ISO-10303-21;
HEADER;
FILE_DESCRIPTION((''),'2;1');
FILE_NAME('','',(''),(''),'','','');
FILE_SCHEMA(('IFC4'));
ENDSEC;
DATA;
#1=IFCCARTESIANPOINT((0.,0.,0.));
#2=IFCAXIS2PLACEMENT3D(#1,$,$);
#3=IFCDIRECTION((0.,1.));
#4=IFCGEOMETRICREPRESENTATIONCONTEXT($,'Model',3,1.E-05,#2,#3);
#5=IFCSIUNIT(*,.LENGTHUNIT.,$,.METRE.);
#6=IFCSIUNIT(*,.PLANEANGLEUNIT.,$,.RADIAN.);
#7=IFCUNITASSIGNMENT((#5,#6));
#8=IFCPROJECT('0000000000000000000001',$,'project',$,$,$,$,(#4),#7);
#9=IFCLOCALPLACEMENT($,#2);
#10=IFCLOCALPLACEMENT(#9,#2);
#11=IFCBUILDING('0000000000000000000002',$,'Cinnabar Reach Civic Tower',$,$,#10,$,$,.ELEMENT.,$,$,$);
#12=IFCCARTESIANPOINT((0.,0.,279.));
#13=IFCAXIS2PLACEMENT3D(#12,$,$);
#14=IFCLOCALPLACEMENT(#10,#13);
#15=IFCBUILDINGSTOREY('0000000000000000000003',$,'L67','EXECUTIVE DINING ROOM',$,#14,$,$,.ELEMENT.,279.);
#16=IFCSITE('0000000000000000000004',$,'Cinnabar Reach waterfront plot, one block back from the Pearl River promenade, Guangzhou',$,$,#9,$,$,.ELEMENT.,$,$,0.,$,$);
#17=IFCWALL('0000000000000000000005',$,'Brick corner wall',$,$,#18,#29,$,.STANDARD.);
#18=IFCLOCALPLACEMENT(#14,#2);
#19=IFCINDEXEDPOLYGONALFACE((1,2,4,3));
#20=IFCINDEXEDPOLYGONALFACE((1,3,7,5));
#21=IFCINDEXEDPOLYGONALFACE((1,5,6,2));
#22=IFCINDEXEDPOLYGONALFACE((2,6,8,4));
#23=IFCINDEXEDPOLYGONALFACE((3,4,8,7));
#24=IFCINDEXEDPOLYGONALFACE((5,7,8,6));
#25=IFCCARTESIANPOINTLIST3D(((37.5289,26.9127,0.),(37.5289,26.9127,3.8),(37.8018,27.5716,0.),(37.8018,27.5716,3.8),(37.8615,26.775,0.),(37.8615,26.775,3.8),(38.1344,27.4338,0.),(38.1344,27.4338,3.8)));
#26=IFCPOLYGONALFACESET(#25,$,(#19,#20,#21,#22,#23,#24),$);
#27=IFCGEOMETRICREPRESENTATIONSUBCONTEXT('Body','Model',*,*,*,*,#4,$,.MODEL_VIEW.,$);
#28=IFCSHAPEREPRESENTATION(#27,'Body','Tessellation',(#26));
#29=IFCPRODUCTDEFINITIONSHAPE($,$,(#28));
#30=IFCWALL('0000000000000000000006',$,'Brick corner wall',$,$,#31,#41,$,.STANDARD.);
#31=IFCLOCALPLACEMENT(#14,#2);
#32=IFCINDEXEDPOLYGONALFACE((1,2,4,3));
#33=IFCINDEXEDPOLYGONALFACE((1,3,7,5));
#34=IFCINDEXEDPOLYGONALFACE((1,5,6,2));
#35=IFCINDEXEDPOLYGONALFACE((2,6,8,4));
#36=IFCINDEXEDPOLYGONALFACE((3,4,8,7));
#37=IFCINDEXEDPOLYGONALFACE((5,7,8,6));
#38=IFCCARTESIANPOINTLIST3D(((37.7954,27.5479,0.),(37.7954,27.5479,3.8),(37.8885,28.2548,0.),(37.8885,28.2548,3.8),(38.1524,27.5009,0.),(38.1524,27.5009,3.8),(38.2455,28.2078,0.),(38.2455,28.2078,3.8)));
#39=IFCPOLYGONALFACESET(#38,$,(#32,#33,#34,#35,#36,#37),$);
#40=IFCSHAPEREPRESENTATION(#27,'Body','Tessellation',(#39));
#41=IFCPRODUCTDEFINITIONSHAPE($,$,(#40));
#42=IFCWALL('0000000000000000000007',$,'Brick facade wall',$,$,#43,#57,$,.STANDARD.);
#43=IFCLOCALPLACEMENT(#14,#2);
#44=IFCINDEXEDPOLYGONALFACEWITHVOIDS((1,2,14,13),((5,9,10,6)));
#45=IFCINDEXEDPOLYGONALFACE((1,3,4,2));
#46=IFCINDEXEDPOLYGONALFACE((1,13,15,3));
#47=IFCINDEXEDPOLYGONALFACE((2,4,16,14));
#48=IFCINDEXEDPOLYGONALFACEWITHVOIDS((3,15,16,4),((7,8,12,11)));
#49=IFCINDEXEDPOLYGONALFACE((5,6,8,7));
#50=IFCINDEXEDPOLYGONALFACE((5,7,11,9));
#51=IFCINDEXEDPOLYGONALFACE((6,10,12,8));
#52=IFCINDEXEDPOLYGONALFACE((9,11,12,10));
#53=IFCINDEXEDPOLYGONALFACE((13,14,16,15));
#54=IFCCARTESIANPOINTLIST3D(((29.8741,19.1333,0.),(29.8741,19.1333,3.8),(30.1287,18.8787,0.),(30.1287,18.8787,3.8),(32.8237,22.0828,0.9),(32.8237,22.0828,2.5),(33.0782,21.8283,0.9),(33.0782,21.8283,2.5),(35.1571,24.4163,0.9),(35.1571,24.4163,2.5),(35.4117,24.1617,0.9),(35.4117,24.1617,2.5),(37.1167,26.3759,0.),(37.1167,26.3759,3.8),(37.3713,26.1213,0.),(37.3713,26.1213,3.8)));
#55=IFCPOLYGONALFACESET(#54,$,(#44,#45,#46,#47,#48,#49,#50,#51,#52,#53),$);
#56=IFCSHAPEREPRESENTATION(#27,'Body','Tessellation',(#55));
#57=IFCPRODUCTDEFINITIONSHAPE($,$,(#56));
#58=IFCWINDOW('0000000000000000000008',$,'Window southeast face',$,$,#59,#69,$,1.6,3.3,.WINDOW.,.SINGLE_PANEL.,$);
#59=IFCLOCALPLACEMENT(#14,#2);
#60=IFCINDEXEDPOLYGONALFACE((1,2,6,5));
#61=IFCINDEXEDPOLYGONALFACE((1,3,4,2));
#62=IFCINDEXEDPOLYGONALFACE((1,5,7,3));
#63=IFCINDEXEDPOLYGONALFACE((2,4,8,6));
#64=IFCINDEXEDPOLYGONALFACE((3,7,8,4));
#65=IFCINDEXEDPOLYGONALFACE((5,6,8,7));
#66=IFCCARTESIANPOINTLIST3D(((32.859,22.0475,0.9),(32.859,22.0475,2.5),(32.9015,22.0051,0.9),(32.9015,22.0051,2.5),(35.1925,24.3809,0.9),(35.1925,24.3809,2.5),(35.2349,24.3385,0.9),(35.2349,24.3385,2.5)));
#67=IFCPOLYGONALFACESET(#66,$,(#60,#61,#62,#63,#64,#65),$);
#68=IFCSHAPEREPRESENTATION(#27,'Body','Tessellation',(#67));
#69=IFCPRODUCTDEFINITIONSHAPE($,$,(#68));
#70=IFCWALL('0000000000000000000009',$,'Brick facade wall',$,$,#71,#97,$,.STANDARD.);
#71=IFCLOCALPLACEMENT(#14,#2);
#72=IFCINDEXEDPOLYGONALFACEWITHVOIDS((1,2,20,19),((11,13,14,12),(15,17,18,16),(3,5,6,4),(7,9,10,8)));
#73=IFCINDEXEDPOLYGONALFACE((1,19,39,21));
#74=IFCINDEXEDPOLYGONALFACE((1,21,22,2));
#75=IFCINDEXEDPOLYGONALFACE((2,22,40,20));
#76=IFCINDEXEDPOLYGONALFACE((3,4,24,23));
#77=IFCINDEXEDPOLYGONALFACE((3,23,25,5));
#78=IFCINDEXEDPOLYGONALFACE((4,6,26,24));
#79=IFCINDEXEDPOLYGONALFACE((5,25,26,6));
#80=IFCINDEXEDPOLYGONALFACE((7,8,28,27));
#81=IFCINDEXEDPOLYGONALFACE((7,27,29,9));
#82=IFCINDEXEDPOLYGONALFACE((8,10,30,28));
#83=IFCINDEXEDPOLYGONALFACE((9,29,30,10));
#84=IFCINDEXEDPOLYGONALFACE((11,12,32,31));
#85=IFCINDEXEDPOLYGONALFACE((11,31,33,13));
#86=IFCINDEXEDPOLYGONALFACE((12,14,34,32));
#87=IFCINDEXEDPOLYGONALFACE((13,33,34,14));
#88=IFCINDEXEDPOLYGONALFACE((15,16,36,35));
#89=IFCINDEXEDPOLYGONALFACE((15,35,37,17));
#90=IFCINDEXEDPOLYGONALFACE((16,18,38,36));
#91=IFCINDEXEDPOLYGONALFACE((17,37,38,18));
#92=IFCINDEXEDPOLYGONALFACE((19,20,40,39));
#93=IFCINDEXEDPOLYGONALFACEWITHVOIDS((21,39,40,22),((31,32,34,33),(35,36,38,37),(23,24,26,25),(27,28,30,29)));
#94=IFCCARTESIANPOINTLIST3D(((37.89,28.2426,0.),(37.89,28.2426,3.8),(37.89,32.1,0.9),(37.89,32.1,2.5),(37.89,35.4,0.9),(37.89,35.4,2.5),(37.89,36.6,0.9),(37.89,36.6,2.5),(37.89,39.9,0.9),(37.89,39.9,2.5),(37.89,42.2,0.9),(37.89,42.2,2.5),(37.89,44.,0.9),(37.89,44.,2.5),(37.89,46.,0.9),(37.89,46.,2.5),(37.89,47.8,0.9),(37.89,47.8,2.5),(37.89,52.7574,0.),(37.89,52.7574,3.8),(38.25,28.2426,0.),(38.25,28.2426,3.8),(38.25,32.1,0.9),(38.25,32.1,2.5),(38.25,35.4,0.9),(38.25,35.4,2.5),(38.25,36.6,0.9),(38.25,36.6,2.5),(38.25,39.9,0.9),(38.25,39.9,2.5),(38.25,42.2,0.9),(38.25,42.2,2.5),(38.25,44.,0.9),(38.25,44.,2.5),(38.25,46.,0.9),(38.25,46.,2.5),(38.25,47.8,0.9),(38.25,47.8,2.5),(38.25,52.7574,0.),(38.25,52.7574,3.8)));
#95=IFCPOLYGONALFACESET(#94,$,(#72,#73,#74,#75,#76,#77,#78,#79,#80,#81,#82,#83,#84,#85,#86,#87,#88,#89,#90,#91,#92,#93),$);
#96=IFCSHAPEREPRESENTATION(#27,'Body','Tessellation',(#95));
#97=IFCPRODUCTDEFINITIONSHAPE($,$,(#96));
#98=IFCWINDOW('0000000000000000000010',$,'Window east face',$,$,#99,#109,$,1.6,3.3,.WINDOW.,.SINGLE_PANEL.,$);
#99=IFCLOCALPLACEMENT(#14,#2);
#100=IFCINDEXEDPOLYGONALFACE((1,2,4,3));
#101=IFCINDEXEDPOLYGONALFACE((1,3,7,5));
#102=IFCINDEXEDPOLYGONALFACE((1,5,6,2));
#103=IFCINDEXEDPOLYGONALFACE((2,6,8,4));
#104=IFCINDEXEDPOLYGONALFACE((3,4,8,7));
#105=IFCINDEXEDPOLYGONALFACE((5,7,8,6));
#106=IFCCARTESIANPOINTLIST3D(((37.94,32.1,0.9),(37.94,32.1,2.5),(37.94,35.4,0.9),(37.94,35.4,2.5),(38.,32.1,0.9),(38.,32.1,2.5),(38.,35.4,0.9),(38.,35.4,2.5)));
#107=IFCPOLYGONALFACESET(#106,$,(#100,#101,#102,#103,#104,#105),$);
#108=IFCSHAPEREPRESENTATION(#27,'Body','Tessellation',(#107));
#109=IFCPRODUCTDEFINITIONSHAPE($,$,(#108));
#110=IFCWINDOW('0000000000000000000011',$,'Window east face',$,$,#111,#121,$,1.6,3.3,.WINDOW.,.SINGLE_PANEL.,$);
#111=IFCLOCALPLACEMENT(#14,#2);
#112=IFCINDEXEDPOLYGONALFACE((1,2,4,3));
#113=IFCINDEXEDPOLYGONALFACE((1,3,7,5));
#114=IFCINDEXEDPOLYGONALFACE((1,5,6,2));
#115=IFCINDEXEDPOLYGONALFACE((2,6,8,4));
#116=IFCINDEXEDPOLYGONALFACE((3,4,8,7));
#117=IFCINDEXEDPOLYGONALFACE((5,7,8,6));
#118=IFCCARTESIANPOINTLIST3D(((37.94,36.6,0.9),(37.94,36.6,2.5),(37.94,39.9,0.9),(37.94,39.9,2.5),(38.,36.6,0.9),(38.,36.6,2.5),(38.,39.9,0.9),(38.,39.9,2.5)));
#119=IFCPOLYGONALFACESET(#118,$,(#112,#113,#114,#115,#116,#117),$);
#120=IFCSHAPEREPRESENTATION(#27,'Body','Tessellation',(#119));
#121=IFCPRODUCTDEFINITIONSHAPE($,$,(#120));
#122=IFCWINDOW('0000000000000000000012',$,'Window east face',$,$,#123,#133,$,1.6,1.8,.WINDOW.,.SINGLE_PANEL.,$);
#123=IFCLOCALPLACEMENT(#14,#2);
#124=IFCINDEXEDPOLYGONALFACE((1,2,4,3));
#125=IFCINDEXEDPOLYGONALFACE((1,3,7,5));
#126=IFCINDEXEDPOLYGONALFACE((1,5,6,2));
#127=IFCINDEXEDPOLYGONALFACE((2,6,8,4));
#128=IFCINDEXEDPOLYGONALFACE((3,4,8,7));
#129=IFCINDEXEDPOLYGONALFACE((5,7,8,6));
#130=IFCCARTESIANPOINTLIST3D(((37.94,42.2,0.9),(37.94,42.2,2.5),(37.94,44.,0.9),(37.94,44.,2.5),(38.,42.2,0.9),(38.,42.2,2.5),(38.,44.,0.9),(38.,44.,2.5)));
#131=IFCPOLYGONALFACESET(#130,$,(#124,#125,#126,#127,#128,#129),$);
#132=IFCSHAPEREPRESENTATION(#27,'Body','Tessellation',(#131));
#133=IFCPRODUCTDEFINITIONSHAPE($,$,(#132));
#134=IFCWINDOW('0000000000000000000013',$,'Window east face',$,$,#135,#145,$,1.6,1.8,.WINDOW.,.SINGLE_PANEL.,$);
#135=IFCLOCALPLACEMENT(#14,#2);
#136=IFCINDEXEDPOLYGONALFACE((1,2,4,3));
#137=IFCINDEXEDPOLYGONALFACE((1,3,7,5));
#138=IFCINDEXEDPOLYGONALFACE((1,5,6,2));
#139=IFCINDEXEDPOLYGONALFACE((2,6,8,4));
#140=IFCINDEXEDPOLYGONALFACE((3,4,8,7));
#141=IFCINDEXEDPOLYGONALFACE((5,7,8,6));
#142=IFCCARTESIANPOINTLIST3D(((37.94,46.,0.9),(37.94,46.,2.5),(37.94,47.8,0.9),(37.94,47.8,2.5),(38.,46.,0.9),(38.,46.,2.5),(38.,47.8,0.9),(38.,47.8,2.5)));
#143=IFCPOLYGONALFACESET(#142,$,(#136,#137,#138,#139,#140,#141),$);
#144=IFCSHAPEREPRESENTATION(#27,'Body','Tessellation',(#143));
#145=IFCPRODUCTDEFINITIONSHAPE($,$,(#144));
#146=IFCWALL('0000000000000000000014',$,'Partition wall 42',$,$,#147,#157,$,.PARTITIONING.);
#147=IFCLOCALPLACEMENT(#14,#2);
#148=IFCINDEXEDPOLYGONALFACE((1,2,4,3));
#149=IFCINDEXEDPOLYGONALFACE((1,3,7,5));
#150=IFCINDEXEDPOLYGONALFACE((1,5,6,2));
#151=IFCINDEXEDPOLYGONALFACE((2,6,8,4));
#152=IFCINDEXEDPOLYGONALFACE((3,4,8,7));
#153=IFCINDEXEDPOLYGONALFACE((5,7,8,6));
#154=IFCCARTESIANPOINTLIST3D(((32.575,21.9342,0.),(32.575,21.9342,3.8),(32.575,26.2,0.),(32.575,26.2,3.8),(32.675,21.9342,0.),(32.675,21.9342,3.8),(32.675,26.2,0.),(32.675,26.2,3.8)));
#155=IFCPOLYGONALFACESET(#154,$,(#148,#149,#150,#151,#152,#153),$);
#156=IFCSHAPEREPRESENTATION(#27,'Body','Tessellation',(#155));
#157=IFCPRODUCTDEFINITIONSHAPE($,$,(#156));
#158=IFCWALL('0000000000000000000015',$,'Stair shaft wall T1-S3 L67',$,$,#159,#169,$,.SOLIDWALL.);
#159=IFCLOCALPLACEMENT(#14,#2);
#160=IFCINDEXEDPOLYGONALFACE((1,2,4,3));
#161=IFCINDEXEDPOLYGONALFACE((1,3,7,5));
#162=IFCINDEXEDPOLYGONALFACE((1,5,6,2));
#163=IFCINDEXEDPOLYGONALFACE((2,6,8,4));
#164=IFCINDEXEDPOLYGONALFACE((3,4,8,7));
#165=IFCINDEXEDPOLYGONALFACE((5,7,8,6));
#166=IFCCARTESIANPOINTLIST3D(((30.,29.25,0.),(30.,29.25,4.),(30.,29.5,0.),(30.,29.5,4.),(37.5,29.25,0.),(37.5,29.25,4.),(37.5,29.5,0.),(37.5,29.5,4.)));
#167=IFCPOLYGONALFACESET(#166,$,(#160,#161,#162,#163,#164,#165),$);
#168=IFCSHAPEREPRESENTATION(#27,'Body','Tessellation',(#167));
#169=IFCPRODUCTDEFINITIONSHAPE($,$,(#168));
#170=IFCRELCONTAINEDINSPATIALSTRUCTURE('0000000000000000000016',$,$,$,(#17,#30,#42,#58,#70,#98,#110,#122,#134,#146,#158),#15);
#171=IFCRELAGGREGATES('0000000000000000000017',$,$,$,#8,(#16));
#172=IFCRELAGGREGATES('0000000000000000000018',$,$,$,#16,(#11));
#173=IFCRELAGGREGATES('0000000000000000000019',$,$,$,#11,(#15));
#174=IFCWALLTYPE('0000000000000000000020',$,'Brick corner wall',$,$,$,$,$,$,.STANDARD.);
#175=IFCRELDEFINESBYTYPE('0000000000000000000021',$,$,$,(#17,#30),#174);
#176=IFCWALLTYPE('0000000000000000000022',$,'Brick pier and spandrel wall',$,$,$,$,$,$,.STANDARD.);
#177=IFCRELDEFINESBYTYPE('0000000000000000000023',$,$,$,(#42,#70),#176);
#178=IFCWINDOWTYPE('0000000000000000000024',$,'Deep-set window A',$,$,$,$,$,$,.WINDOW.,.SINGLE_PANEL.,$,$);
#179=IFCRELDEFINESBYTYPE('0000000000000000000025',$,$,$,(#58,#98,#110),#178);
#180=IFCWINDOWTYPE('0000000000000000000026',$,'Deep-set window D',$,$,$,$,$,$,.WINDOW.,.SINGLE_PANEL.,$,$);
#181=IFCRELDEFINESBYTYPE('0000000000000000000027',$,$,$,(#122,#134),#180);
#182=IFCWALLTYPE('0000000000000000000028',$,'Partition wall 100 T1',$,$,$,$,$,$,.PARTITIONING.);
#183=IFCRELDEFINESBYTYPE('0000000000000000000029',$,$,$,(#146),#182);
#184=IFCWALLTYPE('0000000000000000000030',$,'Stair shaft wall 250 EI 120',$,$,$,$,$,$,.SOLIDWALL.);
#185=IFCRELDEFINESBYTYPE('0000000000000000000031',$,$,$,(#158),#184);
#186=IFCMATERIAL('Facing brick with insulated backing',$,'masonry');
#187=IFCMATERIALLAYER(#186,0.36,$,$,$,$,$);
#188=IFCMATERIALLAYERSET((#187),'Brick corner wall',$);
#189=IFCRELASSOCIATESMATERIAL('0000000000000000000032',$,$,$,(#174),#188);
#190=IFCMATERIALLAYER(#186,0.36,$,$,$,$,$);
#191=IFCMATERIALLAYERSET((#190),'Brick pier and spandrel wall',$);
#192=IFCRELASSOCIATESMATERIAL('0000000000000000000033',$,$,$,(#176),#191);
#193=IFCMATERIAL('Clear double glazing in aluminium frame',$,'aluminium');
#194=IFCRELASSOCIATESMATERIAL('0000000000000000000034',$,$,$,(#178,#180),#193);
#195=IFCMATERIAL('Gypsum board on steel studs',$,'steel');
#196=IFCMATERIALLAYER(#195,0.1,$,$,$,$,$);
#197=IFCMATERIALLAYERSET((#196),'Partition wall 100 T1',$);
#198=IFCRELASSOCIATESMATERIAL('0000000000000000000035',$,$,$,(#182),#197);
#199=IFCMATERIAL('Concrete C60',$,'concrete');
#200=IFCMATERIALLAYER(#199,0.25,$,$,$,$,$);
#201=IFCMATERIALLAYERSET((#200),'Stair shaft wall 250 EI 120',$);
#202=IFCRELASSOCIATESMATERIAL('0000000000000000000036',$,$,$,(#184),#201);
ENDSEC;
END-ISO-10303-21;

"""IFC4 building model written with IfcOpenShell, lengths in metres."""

from ifc_helpers import new_model, si_unit, direction, frame, frame_2d, origin, place, context, subcontext, project, spatial, rectangle, extrude, material, layer, layer_set, type_object, element, fill, save


model = new_model("IFC4")

# Units and contexts
model_context = context("Model", 3, precision=1e-05, world=origin(), true_north=direction((0.0, 1.0)))
body_context = subcontext(model_context, "Body", "Model", "MODEL_VIEW")
ifc_project = project(units=[si_unit("LENGTHUNIT", "METRE"), si_unit("PLANEANGLEUNIT", "RADIAN")], contexts=[model_context])

# Site, building, storey
site_placement = place(None, origin())
site = spatial("IfcSite", under=ifc_project, at=site_placement, Name="Cinnabar Reach waterfront plot, one block back from the Pearl River promenade, Guangzhou", CompositionType="ELEMENT", RefElevation=0.0)
building_placement = place(site_placement, origin())
building = spatial("IfcBuilding", under=site, at=building_placement, Name="Cinnabar Reach Civic Tower", CompositionType="ELEMENT")
storey_placement = place(building_placement, frame((0.0, 0.0, 279.0)))
storey = spatial("IfcBuildingStorey", under=building, at=storey_placement, Name="L67", Description="EXECUTIVE DINING ROOM", CompositionType="ELEMENT", Elevation=279.0)

# Shared definitions
ifc_material_1 = material(Name="Concrete C60", Category="concrete")

# Walls
ifc_material_2 = material(Name="Facing brick with insulated backing", Category="masonry")
ifc_layer_1 = layer(ifc_material_2, 0.36)
ifc_layer_set_1 = layer_set([ifc_layer_1], Name="Brick corner wall")
wall_type_1 = type_object("IfcWallType", Name="Brick corner wall", PredefinedType="STANDARD", material=ifc_layer_set_1)
for number, where, z_axis, x_axis, name in (
    (1, (37.6952, 26.8439, 0.0), (0.0, 0.0, 1.0), (0.382703, 0.923872, 0.0), "Brick corner wall"),
    (2, (37.9739, 27.5244, 0.0), (0.0, 0.0, 1.0), (0.130556, 0.991441, 0.0), "Brick corner wall"),
):
    element("IfcWall", number, at=place(storey_placement, frame(where, z_axis=z_axis, x_axis=x_axis)), inside=storey, type_object=wall_type_1, Name=name, PredefinedType="STANDARD", context=body_context, shape_type="SweptSolid", body=[
        extrude(rectangle(XDim=0.7131, YDim=0.36, at=frame_2d((0.3565, 0.0))), origin(), (0.0, 0.0, 1.0), 3.8),
    ])

# Wall, opening, window
ifc_layer_2 = layer(ifc_material_2, 0.36)
ifc_layer_set_2 = layer_set([ifc_layer_2], Name="Brick pier and spandrel wall")
wall_type_2 = type_object("IfcWallType", Name="Brick pier and spandrel wall", PredefinedType="STANDARD", material=ifc_layer_set_2)
wall_1_placement = place(storey_placement, frame((30.0014, 19.006, 0.0), z_axis=(0.0, 0.0, 1.0), x_axis=(0.707107, 0.707107, 0.0)))
wall_1 = element("IfcWall", 3, at=wall_1_placement, inside=storey, type_object=wall_type_2, Name="Brick facade wall", PredefinedType="STANDARD", context=body_context, shape_type="SweptSolid", body=[
    extrude(rectangle(XDim=10.2426, YDim=0.36, at=frame_2d((5.1213, 0.0))), origin(), (0.0, 0.0, 1.0), 3.8),
])
opening_1_placement = place(wall_1_placement, frame((4.1713, 0.0, 0.9)))
opening_1 = element("IfcOpeningElement", 4, at=opening_1_placement, cuts=wall_1, PredefinedType="OPENING", context=body_context, shape_type="SweptSolid", body=[
    extrude(rectangle(XDim=3.3, YDim=1.6, at=frame_2d((1.65, 0.8))), frame((0.0, 0.19, 0.0), z_axis=(0.0, -1.0, 0.0), x_axis=(1.0, 0.0, 0.0)), (0.0, 0.0, 1.0), 0.38),
])
ifc_material_3 = material(Name="Clear double glazing in aluminium frame", Category="aluminium")
window_type_1 = type_object("IfcWindowType", Name="Deep-set window A", PartitioningType="SINGLE_PANEL", PredefinedType="WINDOW", material=ifc_material_3)
window_1_placement = place(opening_1_placement, origin())
window_1 = element("IfcWindow", 5, at=window_1_placement, inside=storey, type_object=window_type_1, Name="Window southeast face", OverallHeight=1.6, OverallWidth=3.3, PartitioningType="SINGLE_PANEL", PredefinedType="WINDOW", context=body_context, shape_type="SweptSolid", body=[
    extrude(rectangle(XDim=3.3, YDim=1.6, at=frame_2d((1.65, 0.8))), frame((0.0, 0.13, 0.0), z_axis=(0.0, -1.0, 0.0), x_axis=(1.0, 0.0, 0.0)), (0.0, 0.0, 1.0), 0.06),
])
fill(opening_1, window_1)

# Wall, openings, windows
wall_2_placement = place(storey_placement, frame((38.07, 28.2426, 0.0), z_axis=(0.0, 0.0, 1.0), x_axis=(0.0, 1.0, 0.0)))
wall_2 = element("IfcWall", 6, at=wall_2_placement, inside=storey, type_object=wall_type_2, Name="Brick facade wall", PredefinedType="STANDARD", context=body_context, shape_type="SweptSolid", body=[
    extrude(rectangle(XDim=24.5148, YDim=0.36, at=frame_2d((12.2574, 0.0))), origin(), (0.0, 0.0, 1.0), 3.8),
])
opening_2_placement = place(wall_2_placement, frame((3.8574, 0.0, 0.9)))
opening_2 = element("IfcOpeningElement", 7, at=opening_2_placement, cuts=wall_2, PredefinedType="OPENING", context=body_context, shape_type="SweptSolid", body=[
    extrude(rectangle(XDim=3.3, YDim=1.6, at=frame_2d((1.65, 0.8))), frame((0.0, 0.19, 0.0), z_axis=(0.0, -1.0, 0.0), x_axis=(1.0, 0.0, 0.0)), (0.0, 0.0, 1.0), 0.38),
])
opening_3_placement = place(wall_2_placement, frame((8.3574, 0.0, 0.9)))
opening_3 = element("IfcOpeningElement", 8, at=opening_3_placement, cuts=wall_2, PredefinedType="OPENING", context=body_context, shape_type="SweptSolid", body=[
    extrude(rectangle(XDim=3.3, YDim=1.6, at=frame_2d((1.65, 0.8))), frame((0.0, 0.19, 0.0), z_axis=(0.0, -1.0, 0.0), x_axis=(1.0, 0.0, 0.0)), (0.0, 0.0, 1.0), 0.38),
])
opening_4_placement = place(wall_2_placement, frame((13.9574, 0.0, 0.9)))
opening_4 = element("IfcOpeningElement", 9, at=opening_4_placement, cuts=wall_2, PredefinedType="OPENING", context=body_context, shape_type="SweptSolid", body=[
    extrude(rectangle(XDim=1.8, YDim=1.6, at=frame_2d((0.9, 0.8))), frame((0.0, 0.19, 0.0), z_axis=(0.0, -1.0, 0.0), x_axis=(1.0, 0.0, 0.0)), (0.0, 0.0, 1.0), 0.38),
])
opening_5_placement = place(wall_2_placement, frame((17.7574, 0.0, 0.9)))
opening_5 = element("IfcOpeningElement", 10, at=opening_5_placement, cuts=wall_2, PredefinedType="OPENING", context=body_context, shape_type="SweptSolid", body=[
    extrude(rectangle(XDim=1.8, YDim=1.6, at=frame_2d((0.9, 0.8))), frame((0.0, 0.19, 0.0), z_axis=(0.0, -1.0, 0.0), x_axis=(1.0, 0.0, 0.0)), (0.0, 0.0, 1.0), 0.38),
])
window_2_placement = place(opening_2_placement, origin())
window_2 = element("IfcWindow", 11, at=window_2_placement, inside=storey, type_object=window_type_1, Name="Window east face", OverallHeight=1.6, OverallWidth=3.3, PartitioningType="SINGLE_PANEL", PredefinedType="WINDOW", context=body_context, shape_type="SweptSolid", body=[
    extrude(rectangle(XDim=3.3, YDim=1.6, at=frame_2d((1.65, 0.8))), frame((0.0, 0.13, 0.0), z_axis=(0.0, -1.0, 0.0), x_axis=(1.0, 0.0, 0.0)), (0.0, 0.0, 1.0), 0.06),
])
fill(opening_2, window_2)
window_3_placement = place(opening_3_placement, origin())
window_3 = element("IfcWindow", 12, at=window_3_placement, inside=storey, type_object=window_type_1, Name="Window east face", OverallHeight=1.6, OverallWidth=3.3, PartitioningType="SINGLE_PANEL", PredefinedType="WINDOW", context=body_context, shape_type="SweptSolid", body=[
    extrude(rectangle(XDim=3.3, YDim=1.6, at=frame_2d((1.65, 0.8))), frame((0.0, 0.13, 0.0), z_axis=(0.0, -1.0, 0.0), x_axis=(1.0, 0.0, 0.0)), (0.0, 0.0, 1.0), 0.06),
])
fill(opening_3, window_3)
window_type_2 = type_object("IfcWindowType", Name="Deep-set window D", PartitioningType="SINGLE_PANEL", PredefinedType="WINDOW", material=ifc_material_3)
window_4_placement = place(opening_4_placement, origin())
window_4 = element("IfcWindow", 13, at=window_4_placement, inside=storey, type_object=window_type_2, Name="Window east face", OverallHeight=1.6, OverallWidth=1.8, PartitioningType="SINGLE_PANEL", PredefinedType="WINDOW", context=body_context, shape_type="SweptSolid", body=[
    extrude(rectangle(XDim=1.8, YDim=1.6, at=frame_2d((0.9, 0.8))), frame((0.0, 0.13, 0.0), z_axis=(0.0, -1.0, 0.0), x_axis=(1.0, 0.0, 0.0)), (0.0, 0.0, 1.0), 0.06),
])
fill(opening_4, window_4)
window_5_placement = place(opening_5_placement, origin())
window_5 = element("IfcWindow", 14, at=window_5_placement, inside=storey, type_object=window_type_2, Name="Window east face", OverallHeight=1.6, OverallWidth=1.8, PartitioningType="SINGLE_PANEL", PredefinedType="WINDOW", context=body_context, shape_type="SweptSolid", body=[
    extrude(rectangle(XDim=1.8, YDim=1.6, at=frame_2d((0.9, 0.8))), frame((0.0, 0.13, 0.0), z_axis=(0.0, -1.0, 0.0), x_axis=(1.0, 0.0, 0.0)), (0.0, 0.0, 1.0), 0.06),
])
fill(opening_5, window_5)

# Walls
ifc_material_4 = material(Name="Gypsum board on steel studs", Category="steel")
ifc_layer_3 = layer(ifc_material_4, 0.1)
ifc_layer_set_3 = layer_set([ifc_layer_3], Name="Partition wall 100 T1")
wall_type_3 = type_object("IfcWallType", Name="Partition wall 100 T1", PredefinedType="PARTITIONING", material=ifc_layer_set_3)
wall_3_placement = place(storey_placement, frame((32.625, 21.9341, 0.0), z_axis=(0.0, 0.0, 1.0), x_axis=(0.0, 1.0, 0.0)))
element("IfcWall", 15, at=wall_3_placement, inside=storey, type_object=wall_type_3, Name="Partition wall 42", PredefinedType="PARTITIONING", context=body_context, shape_type="SweptSolid", body=[
    extrude(rectangle(XDim=4.2659, YDim=0.1, at=frame_2d((2.133, 0.0))), origin(), (0.0, 0.0, 1.0), 3.8),
])
ifc_layer_4 = layer(ifc_material_1, 0.25)
ifc_layer_set_4 = layer_set([ifc_layer_4], Name="Stair shaft wall 250 EI 120")
wall_type_4 = type_object("IfcWallType", Name="Stair shaft wall 250 EI 120", PredefinedType="SOLIDWALL", material=ifc_layer_set_4)
for number, where, z_axis, x_axis, name in (
    (16, (30.0, 29.375, 0.0), (0.0, 0.0, 1.0), (1.0, 0.0, 0.0), "Stair shaft wall T1-S3 L67"),
):
    element("IfcWall", number, at=place(storey_placement, frame(where, z_axis=z_axis, x_axis=x_axis)), inside=storey, type_object=wall_type_4, Name=name, PredefinedType="SOLIDWALL", context=body_context, shape_type="SweptSolid", body=[
        extrude(rectangle(XDim=7.5, YDim=0.25, at=frame_2d((3.75, 0.0))), origin(), (0.0, 0.0, 1.0), 4.0),
    ])

save(model, "model.ifc")
